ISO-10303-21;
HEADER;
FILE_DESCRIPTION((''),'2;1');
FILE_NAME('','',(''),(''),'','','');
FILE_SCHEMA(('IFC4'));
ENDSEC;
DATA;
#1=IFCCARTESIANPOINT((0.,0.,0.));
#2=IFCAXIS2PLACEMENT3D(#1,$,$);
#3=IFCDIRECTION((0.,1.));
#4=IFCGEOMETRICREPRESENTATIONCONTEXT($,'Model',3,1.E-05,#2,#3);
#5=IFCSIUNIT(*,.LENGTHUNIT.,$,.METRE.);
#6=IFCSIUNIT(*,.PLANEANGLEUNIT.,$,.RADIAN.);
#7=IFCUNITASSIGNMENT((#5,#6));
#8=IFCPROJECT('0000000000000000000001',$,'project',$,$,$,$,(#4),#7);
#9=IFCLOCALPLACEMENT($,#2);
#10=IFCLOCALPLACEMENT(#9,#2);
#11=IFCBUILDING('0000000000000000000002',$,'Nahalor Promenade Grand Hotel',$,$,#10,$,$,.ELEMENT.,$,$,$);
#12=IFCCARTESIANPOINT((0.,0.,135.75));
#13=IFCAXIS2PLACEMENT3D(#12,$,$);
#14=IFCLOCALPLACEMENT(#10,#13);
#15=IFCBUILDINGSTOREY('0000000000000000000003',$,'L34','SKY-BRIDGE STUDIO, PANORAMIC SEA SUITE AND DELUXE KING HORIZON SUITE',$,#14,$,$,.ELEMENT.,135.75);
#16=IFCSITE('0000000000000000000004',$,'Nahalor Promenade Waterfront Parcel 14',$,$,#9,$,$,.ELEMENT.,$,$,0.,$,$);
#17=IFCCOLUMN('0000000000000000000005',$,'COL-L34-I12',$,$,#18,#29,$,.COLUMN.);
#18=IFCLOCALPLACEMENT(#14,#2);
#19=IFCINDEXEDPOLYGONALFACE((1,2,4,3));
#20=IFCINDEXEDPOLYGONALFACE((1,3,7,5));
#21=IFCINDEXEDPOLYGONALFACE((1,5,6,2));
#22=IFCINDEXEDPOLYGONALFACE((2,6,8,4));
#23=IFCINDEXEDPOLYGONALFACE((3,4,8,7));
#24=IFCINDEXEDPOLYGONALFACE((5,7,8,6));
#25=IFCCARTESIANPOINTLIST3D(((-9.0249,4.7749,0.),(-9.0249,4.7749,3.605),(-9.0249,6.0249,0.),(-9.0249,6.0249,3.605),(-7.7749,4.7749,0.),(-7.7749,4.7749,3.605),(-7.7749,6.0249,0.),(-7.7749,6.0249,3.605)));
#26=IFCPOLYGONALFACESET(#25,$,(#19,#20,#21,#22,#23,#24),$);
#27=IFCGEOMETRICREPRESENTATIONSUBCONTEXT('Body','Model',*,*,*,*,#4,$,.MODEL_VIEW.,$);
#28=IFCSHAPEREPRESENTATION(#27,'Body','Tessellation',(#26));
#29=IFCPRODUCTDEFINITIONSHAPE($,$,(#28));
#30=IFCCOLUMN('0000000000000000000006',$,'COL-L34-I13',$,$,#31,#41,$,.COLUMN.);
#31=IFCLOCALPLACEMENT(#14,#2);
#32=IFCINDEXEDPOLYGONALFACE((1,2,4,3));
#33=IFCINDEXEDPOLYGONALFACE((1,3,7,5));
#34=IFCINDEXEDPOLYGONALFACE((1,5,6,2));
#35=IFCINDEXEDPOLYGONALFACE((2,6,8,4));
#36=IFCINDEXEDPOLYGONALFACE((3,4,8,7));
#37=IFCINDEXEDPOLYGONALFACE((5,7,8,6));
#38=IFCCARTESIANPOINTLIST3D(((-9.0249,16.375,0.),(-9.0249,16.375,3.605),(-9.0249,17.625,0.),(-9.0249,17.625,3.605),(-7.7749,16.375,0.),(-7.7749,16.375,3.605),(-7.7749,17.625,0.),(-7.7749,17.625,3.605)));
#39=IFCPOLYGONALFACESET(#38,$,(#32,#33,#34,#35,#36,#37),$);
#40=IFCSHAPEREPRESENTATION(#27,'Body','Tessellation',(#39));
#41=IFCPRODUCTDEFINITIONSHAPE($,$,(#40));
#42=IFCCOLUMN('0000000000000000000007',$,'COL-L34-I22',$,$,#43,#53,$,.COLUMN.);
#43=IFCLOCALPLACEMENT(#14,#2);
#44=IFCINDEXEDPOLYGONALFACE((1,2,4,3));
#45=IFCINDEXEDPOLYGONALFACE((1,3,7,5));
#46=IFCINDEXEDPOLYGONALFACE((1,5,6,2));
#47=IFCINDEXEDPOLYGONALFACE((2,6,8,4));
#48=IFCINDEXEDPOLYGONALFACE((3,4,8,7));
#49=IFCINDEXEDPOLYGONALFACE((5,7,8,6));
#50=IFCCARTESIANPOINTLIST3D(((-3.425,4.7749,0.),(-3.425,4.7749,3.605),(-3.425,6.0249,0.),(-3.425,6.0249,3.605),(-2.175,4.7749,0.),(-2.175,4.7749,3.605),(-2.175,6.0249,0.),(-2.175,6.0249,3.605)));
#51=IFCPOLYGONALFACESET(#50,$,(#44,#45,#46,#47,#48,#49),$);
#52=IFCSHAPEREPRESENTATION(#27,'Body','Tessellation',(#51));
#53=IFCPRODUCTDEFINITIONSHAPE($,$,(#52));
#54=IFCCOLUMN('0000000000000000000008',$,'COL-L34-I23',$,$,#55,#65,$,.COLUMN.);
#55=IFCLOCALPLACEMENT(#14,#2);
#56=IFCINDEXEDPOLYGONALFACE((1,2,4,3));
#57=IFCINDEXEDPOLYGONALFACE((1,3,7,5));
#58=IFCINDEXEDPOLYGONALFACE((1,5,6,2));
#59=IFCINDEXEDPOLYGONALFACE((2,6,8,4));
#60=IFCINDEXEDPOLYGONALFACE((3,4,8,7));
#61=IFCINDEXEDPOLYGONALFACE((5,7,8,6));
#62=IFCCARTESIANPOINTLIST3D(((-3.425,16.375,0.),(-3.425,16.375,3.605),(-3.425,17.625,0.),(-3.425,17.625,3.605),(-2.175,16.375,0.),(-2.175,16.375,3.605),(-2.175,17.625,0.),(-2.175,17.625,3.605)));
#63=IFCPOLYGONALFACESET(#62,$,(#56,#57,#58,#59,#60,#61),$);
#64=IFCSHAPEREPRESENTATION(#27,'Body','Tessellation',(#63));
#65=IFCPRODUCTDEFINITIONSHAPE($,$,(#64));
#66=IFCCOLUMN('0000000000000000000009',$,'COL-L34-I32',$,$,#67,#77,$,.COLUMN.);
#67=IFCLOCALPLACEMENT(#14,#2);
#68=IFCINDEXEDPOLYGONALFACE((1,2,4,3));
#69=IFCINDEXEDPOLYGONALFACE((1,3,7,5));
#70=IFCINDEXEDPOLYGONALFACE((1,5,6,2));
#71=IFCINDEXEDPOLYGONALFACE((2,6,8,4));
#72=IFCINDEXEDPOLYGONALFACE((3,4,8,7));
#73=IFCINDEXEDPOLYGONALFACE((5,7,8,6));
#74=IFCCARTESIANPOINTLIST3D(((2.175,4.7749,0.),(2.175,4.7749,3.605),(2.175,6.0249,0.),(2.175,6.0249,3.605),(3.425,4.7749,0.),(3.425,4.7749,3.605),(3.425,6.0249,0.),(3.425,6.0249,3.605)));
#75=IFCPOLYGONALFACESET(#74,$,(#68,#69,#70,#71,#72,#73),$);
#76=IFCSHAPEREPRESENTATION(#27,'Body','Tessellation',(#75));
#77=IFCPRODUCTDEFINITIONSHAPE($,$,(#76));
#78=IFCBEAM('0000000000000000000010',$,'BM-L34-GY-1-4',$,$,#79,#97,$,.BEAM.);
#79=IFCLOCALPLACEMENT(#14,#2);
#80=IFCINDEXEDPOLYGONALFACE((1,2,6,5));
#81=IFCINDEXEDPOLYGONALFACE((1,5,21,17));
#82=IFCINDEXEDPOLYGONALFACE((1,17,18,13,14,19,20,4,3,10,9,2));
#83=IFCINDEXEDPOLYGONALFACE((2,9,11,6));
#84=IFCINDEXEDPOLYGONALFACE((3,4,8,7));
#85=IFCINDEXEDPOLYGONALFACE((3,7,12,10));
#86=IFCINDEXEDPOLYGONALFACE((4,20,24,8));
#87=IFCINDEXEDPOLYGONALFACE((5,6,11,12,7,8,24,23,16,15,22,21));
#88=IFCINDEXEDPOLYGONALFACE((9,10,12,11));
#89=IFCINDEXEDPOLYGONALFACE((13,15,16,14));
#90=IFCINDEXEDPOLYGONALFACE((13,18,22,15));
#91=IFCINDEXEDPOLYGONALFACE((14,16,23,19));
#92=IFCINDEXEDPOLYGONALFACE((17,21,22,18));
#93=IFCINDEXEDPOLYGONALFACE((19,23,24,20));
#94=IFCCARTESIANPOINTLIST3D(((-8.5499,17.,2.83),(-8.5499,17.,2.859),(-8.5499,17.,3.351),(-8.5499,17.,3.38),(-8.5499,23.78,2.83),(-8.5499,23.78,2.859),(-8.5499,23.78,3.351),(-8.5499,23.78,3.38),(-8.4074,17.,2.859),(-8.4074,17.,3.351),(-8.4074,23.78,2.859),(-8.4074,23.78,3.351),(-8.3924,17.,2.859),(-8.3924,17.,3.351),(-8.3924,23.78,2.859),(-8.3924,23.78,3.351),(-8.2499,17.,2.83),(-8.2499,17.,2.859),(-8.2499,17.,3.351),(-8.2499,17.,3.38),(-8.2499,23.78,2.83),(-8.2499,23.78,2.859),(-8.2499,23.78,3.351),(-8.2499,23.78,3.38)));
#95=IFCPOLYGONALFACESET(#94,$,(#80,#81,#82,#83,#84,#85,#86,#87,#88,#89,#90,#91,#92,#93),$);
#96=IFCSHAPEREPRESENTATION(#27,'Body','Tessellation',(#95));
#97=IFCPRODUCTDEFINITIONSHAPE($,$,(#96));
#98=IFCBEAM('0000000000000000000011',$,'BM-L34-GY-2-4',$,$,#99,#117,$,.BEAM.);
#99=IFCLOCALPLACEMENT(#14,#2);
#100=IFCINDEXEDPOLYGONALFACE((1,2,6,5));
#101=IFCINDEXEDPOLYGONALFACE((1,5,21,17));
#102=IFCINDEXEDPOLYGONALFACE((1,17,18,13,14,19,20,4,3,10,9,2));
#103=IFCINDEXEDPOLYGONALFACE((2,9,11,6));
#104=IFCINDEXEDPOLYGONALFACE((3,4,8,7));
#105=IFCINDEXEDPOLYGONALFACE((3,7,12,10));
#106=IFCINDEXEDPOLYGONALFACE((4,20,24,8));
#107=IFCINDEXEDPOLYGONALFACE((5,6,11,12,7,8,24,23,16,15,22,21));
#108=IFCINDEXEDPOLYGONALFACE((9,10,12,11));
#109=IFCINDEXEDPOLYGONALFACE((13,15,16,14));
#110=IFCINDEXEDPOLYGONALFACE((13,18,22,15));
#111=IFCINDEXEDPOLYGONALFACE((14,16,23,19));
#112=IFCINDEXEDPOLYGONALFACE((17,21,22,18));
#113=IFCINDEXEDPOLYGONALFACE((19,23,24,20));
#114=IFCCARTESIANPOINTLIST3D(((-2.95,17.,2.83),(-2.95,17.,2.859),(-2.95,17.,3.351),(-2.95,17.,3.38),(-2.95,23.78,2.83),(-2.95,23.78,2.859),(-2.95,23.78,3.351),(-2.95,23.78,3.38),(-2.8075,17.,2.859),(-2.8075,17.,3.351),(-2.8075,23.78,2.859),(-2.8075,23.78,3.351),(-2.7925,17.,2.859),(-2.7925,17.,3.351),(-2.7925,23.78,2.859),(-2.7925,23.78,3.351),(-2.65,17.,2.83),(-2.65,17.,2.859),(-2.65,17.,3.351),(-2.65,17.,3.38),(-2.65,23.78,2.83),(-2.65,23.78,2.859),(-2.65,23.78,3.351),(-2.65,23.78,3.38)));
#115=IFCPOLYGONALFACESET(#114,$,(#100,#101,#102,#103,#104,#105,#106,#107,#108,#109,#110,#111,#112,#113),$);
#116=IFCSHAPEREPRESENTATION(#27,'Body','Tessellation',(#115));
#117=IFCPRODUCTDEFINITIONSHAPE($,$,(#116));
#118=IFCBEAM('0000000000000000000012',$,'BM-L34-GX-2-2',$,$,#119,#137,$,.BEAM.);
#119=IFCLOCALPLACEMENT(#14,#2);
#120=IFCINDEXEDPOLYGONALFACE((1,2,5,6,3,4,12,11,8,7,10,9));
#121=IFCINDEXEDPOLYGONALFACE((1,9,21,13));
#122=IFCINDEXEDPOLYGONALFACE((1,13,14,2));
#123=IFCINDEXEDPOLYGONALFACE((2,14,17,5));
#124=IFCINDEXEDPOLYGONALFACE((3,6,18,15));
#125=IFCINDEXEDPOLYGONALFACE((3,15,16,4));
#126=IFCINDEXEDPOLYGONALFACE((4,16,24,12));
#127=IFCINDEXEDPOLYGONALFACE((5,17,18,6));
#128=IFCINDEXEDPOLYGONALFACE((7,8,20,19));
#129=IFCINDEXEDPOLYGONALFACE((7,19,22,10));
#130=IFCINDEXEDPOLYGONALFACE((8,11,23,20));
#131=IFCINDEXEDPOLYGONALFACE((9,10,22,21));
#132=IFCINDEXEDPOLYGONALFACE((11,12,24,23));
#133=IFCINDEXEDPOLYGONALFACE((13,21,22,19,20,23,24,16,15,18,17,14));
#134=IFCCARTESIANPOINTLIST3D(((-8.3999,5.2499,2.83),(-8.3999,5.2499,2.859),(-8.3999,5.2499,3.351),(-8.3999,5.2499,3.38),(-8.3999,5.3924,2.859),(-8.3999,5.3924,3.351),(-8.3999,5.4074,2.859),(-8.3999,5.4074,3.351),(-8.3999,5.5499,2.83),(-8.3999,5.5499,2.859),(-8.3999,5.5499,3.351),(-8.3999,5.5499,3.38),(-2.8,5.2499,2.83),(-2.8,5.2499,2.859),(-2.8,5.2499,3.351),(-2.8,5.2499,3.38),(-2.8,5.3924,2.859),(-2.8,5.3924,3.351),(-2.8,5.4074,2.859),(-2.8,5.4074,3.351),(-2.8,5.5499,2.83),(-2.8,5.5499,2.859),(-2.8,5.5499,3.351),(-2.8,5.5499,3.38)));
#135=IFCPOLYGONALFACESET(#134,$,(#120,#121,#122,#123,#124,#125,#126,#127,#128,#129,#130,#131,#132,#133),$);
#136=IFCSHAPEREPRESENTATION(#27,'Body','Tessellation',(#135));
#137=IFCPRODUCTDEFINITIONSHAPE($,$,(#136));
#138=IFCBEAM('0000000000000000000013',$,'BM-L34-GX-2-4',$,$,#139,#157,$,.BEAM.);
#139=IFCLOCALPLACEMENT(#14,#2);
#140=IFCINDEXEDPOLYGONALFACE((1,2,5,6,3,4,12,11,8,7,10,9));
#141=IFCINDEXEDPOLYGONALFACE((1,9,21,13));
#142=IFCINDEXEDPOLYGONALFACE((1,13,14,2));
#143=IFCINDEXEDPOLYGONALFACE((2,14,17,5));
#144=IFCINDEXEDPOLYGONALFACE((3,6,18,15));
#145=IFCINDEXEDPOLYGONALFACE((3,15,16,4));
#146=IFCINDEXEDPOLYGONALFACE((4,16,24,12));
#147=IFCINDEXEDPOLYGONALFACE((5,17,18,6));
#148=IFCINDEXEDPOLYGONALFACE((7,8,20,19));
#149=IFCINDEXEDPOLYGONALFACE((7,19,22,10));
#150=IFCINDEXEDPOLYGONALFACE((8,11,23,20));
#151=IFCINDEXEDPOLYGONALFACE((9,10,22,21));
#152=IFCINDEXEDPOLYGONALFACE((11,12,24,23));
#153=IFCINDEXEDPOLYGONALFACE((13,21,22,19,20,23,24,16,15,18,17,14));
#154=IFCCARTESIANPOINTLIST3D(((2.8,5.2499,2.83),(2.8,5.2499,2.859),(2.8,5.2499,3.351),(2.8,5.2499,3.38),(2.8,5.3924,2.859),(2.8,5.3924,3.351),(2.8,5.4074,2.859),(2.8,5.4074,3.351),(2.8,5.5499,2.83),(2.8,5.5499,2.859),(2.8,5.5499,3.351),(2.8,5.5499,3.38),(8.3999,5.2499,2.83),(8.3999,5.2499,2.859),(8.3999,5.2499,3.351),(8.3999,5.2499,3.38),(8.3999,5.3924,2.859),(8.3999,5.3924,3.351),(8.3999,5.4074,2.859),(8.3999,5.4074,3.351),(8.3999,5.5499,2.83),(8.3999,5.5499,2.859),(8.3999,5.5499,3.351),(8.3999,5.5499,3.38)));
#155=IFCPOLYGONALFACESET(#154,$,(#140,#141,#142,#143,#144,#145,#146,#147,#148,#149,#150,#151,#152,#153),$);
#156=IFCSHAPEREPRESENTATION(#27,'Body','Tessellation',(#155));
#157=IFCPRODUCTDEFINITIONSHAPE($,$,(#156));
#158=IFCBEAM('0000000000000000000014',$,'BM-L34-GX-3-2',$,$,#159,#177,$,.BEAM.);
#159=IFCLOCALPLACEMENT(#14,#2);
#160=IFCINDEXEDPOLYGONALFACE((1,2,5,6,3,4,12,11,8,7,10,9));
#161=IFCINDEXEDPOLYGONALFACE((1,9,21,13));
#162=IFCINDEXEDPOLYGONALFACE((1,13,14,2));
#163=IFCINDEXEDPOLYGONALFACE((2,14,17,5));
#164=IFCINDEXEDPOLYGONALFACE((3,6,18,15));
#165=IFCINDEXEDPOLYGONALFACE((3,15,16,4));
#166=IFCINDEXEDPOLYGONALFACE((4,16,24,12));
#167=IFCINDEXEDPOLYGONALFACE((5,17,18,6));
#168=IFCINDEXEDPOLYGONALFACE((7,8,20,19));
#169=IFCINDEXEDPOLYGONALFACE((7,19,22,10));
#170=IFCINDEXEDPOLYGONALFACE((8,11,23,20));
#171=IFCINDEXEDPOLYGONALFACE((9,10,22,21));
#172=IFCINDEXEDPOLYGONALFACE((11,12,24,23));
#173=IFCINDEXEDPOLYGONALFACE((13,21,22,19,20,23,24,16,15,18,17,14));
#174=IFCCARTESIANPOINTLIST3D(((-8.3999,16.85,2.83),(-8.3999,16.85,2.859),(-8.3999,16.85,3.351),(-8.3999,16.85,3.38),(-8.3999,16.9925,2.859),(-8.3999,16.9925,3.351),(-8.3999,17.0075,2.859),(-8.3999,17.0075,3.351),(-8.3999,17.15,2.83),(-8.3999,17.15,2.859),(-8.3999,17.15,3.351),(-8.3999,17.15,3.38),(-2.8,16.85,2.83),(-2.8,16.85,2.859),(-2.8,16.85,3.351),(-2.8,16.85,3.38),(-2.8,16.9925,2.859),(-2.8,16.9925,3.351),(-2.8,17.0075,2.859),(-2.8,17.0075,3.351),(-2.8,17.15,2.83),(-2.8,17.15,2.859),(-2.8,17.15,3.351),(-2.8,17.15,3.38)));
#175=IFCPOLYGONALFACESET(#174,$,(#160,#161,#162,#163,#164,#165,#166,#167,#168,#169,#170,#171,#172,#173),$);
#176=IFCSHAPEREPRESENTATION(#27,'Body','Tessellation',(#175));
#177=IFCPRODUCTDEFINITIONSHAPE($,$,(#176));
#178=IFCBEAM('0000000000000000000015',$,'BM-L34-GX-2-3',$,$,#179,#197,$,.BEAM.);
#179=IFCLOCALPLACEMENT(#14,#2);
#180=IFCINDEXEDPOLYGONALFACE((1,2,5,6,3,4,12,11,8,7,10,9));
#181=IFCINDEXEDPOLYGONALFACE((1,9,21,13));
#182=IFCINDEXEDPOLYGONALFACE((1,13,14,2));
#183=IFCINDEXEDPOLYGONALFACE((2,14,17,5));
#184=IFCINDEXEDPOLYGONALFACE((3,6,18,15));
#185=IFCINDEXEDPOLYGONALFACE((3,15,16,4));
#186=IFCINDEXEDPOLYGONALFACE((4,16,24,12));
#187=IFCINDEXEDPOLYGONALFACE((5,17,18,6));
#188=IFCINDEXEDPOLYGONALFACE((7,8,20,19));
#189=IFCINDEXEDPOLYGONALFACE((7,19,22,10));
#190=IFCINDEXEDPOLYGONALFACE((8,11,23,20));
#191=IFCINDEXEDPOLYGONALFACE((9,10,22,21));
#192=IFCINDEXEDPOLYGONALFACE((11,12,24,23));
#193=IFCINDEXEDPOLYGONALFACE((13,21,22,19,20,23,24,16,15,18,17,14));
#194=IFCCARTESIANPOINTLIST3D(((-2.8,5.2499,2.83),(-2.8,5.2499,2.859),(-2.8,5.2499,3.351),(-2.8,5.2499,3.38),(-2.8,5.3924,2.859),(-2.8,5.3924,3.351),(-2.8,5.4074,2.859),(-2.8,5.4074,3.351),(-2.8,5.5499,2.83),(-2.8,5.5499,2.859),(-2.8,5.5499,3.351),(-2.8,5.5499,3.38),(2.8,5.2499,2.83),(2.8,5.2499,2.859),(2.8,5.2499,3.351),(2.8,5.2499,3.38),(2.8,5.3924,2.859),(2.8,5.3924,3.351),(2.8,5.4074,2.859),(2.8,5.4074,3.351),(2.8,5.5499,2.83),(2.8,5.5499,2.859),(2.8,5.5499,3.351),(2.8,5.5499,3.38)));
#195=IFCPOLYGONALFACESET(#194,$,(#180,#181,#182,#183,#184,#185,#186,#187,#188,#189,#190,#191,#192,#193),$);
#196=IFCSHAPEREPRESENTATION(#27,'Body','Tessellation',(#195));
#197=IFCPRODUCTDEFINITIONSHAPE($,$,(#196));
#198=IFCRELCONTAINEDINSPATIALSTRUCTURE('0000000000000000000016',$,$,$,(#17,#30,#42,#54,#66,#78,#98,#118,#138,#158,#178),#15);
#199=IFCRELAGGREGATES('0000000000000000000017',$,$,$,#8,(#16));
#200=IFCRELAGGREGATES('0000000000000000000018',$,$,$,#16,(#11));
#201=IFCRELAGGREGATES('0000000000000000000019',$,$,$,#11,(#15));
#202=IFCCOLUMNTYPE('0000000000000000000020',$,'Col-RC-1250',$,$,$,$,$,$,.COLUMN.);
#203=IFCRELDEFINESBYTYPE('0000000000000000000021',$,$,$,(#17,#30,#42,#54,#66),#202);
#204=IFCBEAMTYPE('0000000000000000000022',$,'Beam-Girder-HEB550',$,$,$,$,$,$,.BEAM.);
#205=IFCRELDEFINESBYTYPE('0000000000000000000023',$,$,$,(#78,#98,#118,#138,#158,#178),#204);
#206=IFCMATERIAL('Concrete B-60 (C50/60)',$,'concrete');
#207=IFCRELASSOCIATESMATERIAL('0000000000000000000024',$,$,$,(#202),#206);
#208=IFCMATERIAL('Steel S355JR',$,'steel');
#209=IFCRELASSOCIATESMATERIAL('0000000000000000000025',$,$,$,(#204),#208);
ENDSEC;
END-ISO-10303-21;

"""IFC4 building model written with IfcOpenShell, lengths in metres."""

from ifc_helpers import new_model, si_unit, direction, frame, origin, origin_2d, place, context, subcontext, project, spatial, rectangle, i_section, extrude, source, transform, mapped, material, material_profile, profile_set, type_object, element, save


model = new_model("IFC4")

# Units and contexts
model_context = context("Model", 3, precision=1e-05, world=origin(), true_north=direction((0.0, 1.0)))
body_context = subcontext(model_context, "Body", "Model", "MODEL_VIEW")
ifc_project = project(units=[si_unit("LENGTHUNIT", "METRE"), si_unit("PLANEANGLEUNIT", "RADIAN")], contexts=[model_context])

# Site, building, storey
site_placement = place(None, origin())
site = spatial("IfcSite", under=ifc_project, at=site_placement, Name="Nahalor Promenade Waterfront Parcel 14", CompositionType="ELEMENT", RefElevation=0.0)
building_placement = place(site_placement, origin())
building = spatial("IfcBuilding", under=site, at=building_placement, Name="Nahalor Promenade Grand Hotel", CompositionType="ELEMENT")
storey_placement = place(building_placement, frame((0.0, 0.0, 135.75)))
storey = spatial("IfcBuildingStorey", under=building, at=storey_placement, Name="L34", Description="SKY-BRIDGE STUDIO, PANORAMIC SEA SUITE AND DELUXE KING HORIZON SUITE", CompositionType="ELEMENT", Elevation=135.75)

# Columns
ifc_material_1 = material(Name="Concrete B-60 (C50/60)", Category="concrete")
ifc_material_profile_1 = material_profile(ifc_material_1, rectangle(XDim=1.25, YDim=1.25, at=origin_2d()), Name="RC 1250x1250")
ifc_profile_set_1 = profile_set([ifc_material_profile_1], Name="Concrete B-60 (C50/60)")
column_type = type_object("IfcColumnType", Name="Col-RC-1250", PredefinedType="COLUMN", material=ifc_profile_set_1)
shared_shape_1 = source(origin(), body_context, "Body", "SweptSolid", [
    extrude(rectangle(XDim=1.25, YDim=1.25, at=origin_2d()), origin(), (0.0, 0.0, 1.0), 3.605),
])
for number, where, z_axis, x_axis, name in (
    (1, (-8.3999, 5.3999, 0.0), (0.0, 0.0, 1.0), (1.0, 0.0, 0.0), "COL-L34-I12"),
    (2, (-8.3999, 17.0, 0.0), (0.0, 0.0, 1.0), (1.0, 0.0, 0.0), "COL-L34-I13"),
    (3, (-2.8, 5.3999, 0.0), (0.0, 0.0, 1.0), (1.0, 0.0, 0.0), "COL-L34-I22"),
    (4, (-2.8, 17.0, 0.0), (0.0, 0.0, 1.0), (1.0, 0.0, 0.0), "COL-L34-I23"),
    (5, (2.8, 5.3999, 0.0), (0.0, 0.0, 1.0), (1.0, 0.0, 0.0), "COL-L34-I32"),
):
    element("IfcColumn", number, at=place(storey_placement, frame(where, z_axis=z_axis, x_axis=x_axis)), inside=storey, type_object=column_type, Name=name, PredefinedType="COLUMN", context=body_context, shape_type="MappedRepresentation", body=[
        mapped(shared_shape_1, transform((0.0, 0.0, 0.0), scale=1.0)),
    ])

# Beams
ifc_material_2 = material(Name="Steel S355JR", Category="steel")
ifc_material_profile_2 = material_profile(ifc_material_2, i_section(OverallWidth=0.3, OverallDepth=0.55, WebThickness=0.015, FlangeThickness=0.029, at=origin_2d()), Name="HEB 550")
ifc_profile_set_2 = profile_set([ifc_material_profile_2], Name="Steel S355JR")
beam_type = type_object("IfcBeamType", Name="Beam-Girder-HEB550", PredefinedType="BEAM", material=ifc_profile_set_2)
shared_shape_2 = source(origin(), body_context, "Body", "SweptSolid", [
    extrude(i_section(OverallWidth=0.3, OverallDepth=0.55, WebThickness=0.015, FlangeThickness=0.029, at=origin_2d()), origin(), (0.0, 0.0, 1.0), 6.78),
])
for number, where, z_axis, x_axis, name in (
    (6, (-8.3999, 17.0, 3.105), (0.0, 1.0, 0.0), (-1.0, 0.0, 0.0), "BM-L34-GY-1-4"),
    (7, (-2.8, 17.0, 3.105), (0.0, 1.0, 0.0), (-1.0, 0.0, 0.0), "BM-L34-GY-2-4"),
):
    element("IfcBeam", number, at=place(storey_placement, frame(where, z_axis=z_axis, x_axis=x_axis)), inside=storey, type_object=beam_type, Name=name, PredefinedType="BEAM", context=body_context, shape_type="MappedRepresentation", body=[
        mapped(shared_shape_2, transform((0.0, 0.0, 0.0), scale=1.0)),
    ])
shared_shape_3 = source(origin(), body_context, "Body", "SweptSolid", [
    extrude(i_section(OverallWidth=0.3, OverallDepth=0.55, WebThickness=0.015, FlangeThickness=0.029, at=origin_2d()), origin(), (0.0, 0.0, 1.0), 5.5999),
])
for number, where, z_axis, x_axis, name in (
    (8, (-8.3999, 5.3999, 3.105), (1.0, 0.0, 0.0), (0.0, 1.0, 0.0), "BM-L34-GX-2-2"),
    (9, (2.8, 5.3999, 3.105), (1.0, 0.0, 0.0), (0.0, 1.0, 0.0), "BM-L34-GX-2-4"),
    (10, (-8.3999, 17.0, 3.105), (1.0, 0.0, 0.0), (0.0, 1.0, 0.0), "BM-L34-GX-3-2"),
):
    element("IfcBeam", number, at=place(storey_placement, frame(where, z_axis=z_axis, x_axis=x_axis)), inside=storey, type_object=beam_type, Name=name, PredefinedType="BEAM", context=body_context, shape_type="MappedRepresentation", body=[
        mapped(shared_shape_3, transform((0.0, 0.0, 0.0), scale=1.0)),
    ])
shared_shape_4 = source(origin(), body_context, "Body", "SweptSolid", [
    extrude(i_section(OverallWidth=0.3, OverallDepth=0.55, WebThickness=0.015, FlangeThickness=0.029, at=origin_2d()), origin(), (0.0, 0.0, 1.0), 5.6001),
])
for number, where, z_axis, x_axis, name in (
    (11, (-2.8, 5.3999, 3.105), (1.0, 0.0, 0.0), (0.0, 1.0, 0.0), "BM-L34-GX-2-3"),
):
    element("IfcBeam", number, at=place(storey_placement, frame(where, z_axis=z_axis, x_axis=x_axis)), inside=storey, type_object=beam_type, Name=name, PredefinedType="BEAM", context=body_context, shape_type="MappedRepresentation", body=[
        mapped(shared_shape_4, transform((0.0, 0.0, 0.0), scale=1.0)),
    ])

save(model, "model.ifc")
